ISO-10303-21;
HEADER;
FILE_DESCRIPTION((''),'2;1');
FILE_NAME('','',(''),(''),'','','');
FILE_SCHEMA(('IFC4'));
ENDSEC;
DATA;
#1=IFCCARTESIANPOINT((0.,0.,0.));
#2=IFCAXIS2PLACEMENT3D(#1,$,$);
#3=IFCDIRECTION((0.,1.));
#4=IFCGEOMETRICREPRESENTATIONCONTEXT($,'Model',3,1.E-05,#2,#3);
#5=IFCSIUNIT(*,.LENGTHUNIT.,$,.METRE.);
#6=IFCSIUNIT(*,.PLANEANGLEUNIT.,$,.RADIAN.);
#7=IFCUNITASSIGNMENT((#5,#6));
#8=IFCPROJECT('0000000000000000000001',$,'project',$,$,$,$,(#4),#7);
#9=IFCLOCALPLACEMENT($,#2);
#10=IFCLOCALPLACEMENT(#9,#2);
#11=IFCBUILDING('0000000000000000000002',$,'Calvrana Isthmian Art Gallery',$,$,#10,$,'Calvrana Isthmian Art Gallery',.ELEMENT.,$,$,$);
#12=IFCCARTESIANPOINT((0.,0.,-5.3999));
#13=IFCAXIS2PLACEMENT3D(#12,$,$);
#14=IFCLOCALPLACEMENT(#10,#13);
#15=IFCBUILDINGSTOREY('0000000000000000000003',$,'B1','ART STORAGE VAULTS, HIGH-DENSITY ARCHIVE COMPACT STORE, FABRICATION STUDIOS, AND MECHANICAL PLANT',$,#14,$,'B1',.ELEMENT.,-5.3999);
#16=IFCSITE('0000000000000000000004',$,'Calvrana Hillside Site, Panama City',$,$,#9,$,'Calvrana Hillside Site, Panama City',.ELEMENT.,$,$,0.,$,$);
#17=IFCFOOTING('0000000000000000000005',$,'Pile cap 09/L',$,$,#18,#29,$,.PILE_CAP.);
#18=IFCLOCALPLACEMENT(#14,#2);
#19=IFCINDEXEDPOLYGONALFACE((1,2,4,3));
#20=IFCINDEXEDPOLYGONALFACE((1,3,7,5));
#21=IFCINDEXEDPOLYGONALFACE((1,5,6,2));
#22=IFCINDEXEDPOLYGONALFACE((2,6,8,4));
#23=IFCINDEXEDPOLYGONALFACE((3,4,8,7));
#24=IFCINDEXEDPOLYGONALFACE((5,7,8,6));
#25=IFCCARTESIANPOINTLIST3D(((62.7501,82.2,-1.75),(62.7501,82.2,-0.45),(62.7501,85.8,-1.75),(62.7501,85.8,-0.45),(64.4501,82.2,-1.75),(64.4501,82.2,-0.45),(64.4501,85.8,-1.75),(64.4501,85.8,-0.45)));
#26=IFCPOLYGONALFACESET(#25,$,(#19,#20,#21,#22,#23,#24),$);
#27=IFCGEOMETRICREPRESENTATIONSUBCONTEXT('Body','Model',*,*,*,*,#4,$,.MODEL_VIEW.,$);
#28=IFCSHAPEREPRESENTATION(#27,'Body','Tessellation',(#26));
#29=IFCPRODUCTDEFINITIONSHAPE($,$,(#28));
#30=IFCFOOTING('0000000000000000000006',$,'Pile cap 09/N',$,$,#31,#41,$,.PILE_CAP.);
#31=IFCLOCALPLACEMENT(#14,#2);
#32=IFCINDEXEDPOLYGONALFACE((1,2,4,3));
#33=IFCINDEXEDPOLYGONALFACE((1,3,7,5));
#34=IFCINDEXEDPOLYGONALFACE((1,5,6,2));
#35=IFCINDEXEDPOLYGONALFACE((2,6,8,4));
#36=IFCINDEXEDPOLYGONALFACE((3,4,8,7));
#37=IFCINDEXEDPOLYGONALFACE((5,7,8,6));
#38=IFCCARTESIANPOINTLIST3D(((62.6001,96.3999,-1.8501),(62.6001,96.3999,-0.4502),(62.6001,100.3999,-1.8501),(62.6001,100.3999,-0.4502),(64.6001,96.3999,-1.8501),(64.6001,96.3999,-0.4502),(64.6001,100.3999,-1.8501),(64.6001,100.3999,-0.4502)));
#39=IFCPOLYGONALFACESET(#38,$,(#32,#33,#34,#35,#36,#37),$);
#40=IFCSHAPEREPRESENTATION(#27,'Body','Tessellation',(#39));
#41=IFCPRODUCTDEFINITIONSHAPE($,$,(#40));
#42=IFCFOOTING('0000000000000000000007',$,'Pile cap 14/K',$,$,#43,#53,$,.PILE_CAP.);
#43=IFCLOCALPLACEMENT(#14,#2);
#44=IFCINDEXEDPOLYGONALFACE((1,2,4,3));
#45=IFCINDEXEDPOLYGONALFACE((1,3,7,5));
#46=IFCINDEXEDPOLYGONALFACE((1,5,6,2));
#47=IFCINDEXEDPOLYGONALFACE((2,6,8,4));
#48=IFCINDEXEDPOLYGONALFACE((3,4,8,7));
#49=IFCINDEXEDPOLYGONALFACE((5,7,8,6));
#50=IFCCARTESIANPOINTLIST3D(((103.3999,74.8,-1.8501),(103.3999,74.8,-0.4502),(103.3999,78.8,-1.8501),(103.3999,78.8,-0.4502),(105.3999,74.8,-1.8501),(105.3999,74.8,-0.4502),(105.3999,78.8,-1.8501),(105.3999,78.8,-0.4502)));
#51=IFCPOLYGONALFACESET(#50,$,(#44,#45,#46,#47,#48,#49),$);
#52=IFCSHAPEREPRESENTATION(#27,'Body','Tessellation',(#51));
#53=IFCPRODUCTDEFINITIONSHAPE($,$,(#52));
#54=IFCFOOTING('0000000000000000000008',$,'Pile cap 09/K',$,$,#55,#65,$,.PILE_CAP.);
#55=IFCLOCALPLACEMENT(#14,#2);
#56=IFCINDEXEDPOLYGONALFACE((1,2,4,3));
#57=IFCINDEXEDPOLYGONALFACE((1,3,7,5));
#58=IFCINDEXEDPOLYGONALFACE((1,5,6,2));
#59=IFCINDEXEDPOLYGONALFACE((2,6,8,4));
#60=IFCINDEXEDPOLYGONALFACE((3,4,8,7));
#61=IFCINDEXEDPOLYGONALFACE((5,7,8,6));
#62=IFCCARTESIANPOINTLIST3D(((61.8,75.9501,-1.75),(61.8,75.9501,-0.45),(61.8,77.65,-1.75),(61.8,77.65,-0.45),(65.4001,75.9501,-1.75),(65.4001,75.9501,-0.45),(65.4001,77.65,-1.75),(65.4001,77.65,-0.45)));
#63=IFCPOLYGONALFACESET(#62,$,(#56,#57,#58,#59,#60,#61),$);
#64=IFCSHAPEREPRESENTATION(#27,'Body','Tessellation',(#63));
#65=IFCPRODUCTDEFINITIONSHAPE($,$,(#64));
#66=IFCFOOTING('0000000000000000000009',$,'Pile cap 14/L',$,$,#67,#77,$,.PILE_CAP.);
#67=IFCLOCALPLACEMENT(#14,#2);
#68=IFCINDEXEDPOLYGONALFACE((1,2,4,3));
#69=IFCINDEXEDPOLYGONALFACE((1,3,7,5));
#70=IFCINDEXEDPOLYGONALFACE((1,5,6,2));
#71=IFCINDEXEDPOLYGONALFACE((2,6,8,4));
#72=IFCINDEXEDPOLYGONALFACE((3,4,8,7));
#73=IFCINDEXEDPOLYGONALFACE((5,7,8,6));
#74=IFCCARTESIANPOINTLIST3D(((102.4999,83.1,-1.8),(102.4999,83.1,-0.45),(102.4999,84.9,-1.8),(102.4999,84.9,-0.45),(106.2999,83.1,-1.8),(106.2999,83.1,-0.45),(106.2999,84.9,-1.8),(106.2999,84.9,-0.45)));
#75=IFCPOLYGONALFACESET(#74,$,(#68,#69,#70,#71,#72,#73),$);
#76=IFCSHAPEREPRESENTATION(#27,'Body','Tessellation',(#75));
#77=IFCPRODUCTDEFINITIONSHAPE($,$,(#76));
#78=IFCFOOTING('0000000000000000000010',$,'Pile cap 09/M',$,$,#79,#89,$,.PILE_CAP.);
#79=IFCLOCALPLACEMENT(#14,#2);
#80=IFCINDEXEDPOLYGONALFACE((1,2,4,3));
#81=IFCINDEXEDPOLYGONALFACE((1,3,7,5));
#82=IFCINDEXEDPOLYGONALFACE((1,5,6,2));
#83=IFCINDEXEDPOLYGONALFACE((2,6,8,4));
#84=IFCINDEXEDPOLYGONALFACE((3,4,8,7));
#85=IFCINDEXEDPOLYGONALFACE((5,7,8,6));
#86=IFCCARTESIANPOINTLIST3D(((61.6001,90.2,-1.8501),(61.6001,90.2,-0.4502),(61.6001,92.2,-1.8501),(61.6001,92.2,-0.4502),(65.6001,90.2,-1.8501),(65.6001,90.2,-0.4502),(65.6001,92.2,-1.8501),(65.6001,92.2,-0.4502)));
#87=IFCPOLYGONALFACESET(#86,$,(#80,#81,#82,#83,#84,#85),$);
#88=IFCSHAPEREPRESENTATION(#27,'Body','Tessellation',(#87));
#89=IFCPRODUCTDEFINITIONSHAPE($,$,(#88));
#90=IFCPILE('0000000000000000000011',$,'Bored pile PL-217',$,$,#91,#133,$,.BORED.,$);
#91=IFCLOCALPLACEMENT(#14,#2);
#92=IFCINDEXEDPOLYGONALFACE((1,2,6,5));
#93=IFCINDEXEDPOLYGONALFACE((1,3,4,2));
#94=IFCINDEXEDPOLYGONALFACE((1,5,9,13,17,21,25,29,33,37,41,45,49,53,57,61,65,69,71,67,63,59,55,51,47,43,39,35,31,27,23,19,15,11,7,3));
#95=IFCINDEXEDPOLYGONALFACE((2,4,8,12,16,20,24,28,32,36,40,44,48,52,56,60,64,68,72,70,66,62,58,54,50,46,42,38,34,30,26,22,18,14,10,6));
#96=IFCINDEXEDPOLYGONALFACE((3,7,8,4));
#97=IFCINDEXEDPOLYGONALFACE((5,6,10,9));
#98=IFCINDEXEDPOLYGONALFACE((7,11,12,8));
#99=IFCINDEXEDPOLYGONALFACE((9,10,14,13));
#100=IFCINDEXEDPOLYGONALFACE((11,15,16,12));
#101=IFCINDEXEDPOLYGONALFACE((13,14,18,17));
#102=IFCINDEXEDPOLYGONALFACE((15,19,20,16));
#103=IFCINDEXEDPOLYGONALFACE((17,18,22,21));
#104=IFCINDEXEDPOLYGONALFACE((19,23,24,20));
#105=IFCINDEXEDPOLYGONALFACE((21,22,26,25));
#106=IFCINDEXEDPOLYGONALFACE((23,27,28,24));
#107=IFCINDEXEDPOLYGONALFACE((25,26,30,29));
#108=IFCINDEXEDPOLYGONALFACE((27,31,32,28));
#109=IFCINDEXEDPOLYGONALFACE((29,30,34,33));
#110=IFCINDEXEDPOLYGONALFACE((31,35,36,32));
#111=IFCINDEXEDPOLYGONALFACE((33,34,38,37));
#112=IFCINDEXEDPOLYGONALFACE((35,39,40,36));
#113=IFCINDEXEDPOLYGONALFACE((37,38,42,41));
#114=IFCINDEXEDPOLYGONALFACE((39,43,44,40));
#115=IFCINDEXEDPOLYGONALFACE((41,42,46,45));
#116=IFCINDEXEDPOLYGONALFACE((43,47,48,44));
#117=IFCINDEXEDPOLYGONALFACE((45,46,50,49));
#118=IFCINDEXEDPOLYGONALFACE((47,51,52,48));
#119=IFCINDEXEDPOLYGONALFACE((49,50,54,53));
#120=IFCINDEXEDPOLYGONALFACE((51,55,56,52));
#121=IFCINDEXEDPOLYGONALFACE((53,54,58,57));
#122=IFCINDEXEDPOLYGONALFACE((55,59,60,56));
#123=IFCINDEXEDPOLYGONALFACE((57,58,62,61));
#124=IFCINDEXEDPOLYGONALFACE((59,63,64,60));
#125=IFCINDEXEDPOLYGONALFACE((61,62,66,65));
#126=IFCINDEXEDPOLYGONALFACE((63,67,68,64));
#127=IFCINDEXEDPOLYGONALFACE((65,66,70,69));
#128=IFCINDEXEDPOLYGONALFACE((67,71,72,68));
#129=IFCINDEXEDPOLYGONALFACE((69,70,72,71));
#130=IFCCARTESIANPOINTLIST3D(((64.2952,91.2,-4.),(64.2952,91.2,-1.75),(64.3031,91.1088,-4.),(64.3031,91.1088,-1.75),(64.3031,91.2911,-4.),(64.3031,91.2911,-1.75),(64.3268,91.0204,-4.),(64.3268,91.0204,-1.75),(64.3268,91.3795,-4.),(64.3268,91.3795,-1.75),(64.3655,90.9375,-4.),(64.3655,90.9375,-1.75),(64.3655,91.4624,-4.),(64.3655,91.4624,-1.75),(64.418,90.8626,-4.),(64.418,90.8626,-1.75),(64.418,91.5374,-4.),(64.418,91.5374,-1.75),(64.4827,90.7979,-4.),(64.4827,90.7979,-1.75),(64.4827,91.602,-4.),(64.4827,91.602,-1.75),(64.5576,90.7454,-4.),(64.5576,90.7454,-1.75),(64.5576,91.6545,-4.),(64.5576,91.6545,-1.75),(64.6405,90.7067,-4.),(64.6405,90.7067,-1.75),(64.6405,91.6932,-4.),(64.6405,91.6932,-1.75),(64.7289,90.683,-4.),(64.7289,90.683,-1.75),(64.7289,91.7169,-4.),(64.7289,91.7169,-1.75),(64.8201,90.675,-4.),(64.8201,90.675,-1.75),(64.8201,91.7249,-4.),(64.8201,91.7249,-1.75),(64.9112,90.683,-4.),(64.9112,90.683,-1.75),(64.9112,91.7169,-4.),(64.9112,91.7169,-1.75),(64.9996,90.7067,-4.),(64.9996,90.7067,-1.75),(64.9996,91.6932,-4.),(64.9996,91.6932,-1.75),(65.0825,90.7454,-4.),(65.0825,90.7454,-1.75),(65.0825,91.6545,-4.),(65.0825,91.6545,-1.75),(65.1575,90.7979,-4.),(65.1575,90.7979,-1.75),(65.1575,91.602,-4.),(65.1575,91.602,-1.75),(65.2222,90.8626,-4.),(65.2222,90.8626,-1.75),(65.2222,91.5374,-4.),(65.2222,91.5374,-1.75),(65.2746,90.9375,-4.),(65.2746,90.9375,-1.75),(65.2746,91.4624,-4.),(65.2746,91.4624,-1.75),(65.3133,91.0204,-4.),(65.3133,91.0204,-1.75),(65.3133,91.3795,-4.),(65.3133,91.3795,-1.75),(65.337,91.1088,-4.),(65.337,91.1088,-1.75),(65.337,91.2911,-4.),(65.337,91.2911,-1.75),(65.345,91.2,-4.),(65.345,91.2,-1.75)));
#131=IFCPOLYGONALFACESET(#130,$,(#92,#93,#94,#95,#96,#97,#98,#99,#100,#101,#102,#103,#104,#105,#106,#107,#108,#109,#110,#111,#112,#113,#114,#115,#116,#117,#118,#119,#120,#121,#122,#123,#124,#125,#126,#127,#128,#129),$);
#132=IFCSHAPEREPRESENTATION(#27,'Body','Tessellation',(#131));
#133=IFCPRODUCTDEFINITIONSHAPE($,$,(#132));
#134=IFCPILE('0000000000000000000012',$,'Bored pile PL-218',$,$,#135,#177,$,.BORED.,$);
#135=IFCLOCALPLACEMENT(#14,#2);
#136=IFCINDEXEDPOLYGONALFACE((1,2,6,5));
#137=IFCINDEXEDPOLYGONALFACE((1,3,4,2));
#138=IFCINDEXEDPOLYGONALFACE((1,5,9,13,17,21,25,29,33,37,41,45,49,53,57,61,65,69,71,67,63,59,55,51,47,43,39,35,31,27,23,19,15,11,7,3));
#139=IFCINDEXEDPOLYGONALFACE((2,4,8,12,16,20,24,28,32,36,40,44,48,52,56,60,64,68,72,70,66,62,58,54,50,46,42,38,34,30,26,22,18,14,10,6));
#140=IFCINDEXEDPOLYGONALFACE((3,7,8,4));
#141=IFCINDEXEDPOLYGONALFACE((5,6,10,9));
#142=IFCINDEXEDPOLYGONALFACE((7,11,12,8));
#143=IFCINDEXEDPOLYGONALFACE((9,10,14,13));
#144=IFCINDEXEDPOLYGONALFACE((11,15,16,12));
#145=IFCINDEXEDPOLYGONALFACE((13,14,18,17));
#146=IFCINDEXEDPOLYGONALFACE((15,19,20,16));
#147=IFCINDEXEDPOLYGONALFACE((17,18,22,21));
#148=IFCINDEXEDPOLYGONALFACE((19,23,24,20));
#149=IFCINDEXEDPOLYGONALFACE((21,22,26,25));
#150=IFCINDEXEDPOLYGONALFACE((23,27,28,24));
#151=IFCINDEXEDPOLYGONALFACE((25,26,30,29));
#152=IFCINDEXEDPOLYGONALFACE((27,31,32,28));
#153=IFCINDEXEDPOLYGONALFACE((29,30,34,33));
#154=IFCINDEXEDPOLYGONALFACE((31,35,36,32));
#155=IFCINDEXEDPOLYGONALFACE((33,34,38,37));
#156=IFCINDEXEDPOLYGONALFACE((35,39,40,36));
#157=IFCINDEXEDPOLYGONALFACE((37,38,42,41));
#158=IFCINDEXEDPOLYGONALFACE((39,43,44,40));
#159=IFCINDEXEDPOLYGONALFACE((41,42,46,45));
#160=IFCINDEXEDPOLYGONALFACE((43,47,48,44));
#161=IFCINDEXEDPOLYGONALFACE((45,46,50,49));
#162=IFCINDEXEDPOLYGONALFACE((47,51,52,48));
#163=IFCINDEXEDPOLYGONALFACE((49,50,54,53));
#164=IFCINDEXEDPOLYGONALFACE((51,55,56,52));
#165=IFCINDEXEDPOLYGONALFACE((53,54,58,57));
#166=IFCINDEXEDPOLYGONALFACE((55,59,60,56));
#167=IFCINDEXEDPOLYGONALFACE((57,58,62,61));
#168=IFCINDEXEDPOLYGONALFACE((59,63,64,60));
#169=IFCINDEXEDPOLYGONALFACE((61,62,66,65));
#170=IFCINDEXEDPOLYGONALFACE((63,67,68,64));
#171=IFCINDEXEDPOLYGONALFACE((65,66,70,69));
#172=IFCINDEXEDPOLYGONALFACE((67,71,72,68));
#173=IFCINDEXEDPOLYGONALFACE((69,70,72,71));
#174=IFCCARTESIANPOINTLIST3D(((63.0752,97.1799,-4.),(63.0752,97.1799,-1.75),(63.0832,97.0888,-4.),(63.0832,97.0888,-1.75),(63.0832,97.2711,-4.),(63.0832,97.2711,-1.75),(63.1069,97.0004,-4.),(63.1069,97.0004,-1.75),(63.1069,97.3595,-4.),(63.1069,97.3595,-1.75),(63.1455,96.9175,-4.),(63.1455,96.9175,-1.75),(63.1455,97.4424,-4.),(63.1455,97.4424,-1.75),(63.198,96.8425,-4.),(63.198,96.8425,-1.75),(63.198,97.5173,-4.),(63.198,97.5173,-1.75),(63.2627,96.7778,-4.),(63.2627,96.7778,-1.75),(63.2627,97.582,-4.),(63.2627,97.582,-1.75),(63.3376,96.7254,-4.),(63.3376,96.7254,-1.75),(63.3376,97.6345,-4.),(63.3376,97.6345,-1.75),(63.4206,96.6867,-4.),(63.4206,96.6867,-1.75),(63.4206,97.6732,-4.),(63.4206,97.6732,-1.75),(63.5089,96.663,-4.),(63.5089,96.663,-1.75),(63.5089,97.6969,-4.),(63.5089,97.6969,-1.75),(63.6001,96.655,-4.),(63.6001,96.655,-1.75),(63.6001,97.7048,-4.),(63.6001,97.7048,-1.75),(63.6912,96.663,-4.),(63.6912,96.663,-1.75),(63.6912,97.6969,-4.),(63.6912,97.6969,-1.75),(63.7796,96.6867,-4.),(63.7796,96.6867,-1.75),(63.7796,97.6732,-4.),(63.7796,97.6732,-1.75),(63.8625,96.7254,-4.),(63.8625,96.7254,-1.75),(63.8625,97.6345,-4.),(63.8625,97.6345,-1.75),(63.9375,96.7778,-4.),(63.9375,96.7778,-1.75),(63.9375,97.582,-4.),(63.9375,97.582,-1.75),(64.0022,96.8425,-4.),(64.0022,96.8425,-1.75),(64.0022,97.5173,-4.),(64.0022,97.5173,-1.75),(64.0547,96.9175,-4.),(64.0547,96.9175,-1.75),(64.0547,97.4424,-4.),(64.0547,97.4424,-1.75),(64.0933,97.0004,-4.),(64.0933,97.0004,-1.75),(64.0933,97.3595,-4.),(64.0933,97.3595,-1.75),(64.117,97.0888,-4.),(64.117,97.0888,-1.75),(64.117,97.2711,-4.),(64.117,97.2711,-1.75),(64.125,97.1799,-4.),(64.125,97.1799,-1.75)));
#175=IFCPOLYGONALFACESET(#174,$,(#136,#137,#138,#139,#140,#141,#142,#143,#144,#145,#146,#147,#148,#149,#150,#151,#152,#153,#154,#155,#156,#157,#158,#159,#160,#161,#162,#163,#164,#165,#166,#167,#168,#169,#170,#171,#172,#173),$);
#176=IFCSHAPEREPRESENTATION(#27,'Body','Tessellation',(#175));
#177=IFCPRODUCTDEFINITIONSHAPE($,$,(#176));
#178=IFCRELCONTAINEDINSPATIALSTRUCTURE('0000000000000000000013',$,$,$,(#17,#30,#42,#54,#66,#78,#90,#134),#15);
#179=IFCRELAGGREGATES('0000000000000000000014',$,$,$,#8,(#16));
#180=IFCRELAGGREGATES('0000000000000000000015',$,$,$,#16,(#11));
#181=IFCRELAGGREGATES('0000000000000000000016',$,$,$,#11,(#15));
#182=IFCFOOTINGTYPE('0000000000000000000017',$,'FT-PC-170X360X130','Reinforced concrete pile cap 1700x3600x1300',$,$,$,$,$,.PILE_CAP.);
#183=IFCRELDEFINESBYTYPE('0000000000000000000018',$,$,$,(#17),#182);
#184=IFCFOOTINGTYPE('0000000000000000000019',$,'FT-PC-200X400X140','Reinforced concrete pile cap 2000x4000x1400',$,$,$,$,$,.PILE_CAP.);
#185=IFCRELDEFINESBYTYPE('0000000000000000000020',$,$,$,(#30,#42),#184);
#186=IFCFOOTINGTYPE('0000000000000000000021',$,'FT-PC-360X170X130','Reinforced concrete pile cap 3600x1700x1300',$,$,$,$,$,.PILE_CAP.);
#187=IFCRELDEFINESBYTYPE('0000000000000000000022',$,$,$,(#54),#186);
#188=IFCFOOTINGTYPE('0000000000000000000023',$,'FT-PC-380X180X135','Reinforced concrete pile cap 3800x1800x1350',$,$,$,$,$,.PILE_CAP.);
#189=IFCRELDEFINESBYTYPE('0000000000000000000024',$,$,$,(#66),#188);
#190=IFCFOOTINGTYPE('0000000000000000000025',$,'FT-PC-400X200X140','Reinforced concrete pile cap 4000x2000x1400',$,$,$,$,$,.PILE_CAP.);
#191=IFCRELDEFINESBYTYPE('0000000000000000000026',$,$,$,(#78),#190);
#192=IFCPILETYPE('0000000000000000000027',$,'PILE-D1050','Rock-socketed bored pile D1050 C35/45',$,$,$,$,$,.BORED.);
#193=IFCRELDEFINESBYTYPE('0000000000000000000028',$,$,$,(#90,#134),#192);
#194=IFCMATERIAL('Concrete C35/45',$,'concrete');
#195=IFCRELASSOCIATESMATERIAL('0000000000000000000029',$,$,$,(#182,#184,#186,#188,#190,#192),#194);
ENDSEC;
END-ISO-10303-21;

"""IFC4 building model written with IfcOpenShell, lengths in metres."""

from ifc_helpers import new_model, si_unit, direction, frame, origin, origin_2d, place, context, subcontext, project, spatial, rectangle, circle, extrude, material, material_profile, profile_set, type_object, element, save


model = new_model("IFC4")

# Units and contexts
model_context = context("Model", 3, precision=1e-05, world=origin(), true_north=direction((0.0, 1.0)))
body_context = subcontext(model_context, "Body", "Model", "MODEL_VIEW")
ifc_project = project(units=[si_unit("LENGTHUNIT", "METRE"), si_unit("PLANEANGLEUNIT", "RADIAN")], contexts=[model_context])

# Site, building, storey
site_placement = place(None, origin())
site = spatial("IfcSite", under=ifc_project, at=site_placement, Name="Calvrana Hillside Site, Panama City", LongName="Calvrana Hillside Site, Panama City", CompositionType="ELEMENT", RefElevation=0.0)
building_placement = place(site_placement, origin())
building = spatial("IfcBuilding", under=site, at=building_placement, Name="Calvrana Isthmian Art Gallery", LongName="Calvrana Isthmian Art Gallery", CompositionType="ELEMENT")
storey_placement = place(building_placement, frame((0.0, 0.0, -5.3999)))
storey = spatial("IfcBuildingStorey", under=building, at=storey_placement, Name="B1", Description="ART STORAGE VAULTS, HIGH-DENSITY ARCHIVE COMPACT STORE, FABRICATION STUDIOS, AND MECHANICAL PLANT", LongName="B1", CompositionType="ELEMENT", Elevation=-5.3999)

# Footings
ifc_material_1 = material(Name="Concrete C35/45", Category="concrete")
footing_type_1 = type_object("IfcFootingType", Name="FT-PC-170X360X130", Description="Reinforced concrete pile cap 1700x3600x1300", PredefinedType="PILE_CAP", material=ifc_material_1)
footing_1_placement = place(storey_placement, frame((63.6001, 84.0, -1.75), z_axis=(0.0, 0.0, 1.0), x_axis=(1.0, 0.0, 0.0)))
element("IfcFooting", 1, at=footing_1_placement, inside=storey, type_object=footing_type_1, Name="Pile cap 09/L", PredefinedType="PILE_CAP", context=body_context, shape_type="SweptSolid", body=[
    extrude(rectangle(XDim=1.7, YDim=3.6001, at=origin_2d()), origin(), (0.0, 0.0, 1.0), 1.3),
])
footing_type_2 = type_object("IfcFootingType", Name="FT-PC-200X400X140", Description="Reinforced concrete pile cap 2000x4000x1400", PredefinedType="PILE_CAP", material=ifc_material_1)
for number, where, z_axis, x_axis, name in (
    (2, (63.6001, 98.3999, -1.8501), (0.0, 0.0, 1.0), (1.0, 0.0, 0.0), "Pile cap 09/N"),
    (3, (104.3999, 76.8, -1.8501), (0.0, 0.0, 1.0), (1.0, 0.0, 0.0), "Pile cap 14/K"),
):
    element("IfcFooting", number, at=place(storey_placement, frame(where, z_axis=z_axis, x_axis=x_axis)), inside=storey, type_object=footing_type_2, Name=name, PredefinedType="PILE_CAP", context=body_context, shape_type="SweptSolid", body=[
        extrude(rectangle(XDim=2.0, YDim=4.0, at=origin_2d()), origin(), (0.0, 0.0, 1.0), 1.3999),
    ])
footing_type_3 = type_object("IfcFootingType", Name="FT-PC-360X170X130", Description="Reinforced concrete pile cap 3600x1700x1300", PredefinedType="PILE_CAP", material=ifc_material_1)
footing_2_placement = place(storey_placement, frame((63.6001, 76.8, -1.75), z_axis=(0.0, 0.0, 1.0), x_axis=(1.0, 0.0, 0.0)))
element("IfcFooting", 4, at=footing_2_placement, inside=storey, type_object=footing_type_3, Name="Pile cap 09/K", PredefinedType="PILE_CAP", context=body_context, shape_type="SweptSolid", body=[
    extrude(rectangle(XDim=3.6001, YDim=1.7, at=origin_2d()), origin(), (0.0, 0.0, 1.0), 1.3),
])
footing_type_4 = type_object("IfcFootingType", Name="FT-PC-380X180X135", Description="Reinforced concrete pile cap 3800x1800x1350", PredefinedType="PILE_CAP", material=ifc_material_1)
footing_3_placement = place(storey_placement, frame((104.3999, 84.0, -1.8), z_axis=(0.0, 0.0, 1.0), x_axis=(1.0, 0.0, 0.0)))
element("IfcFooting", 5, at=footing_3_placement, inside=storey, type_object=footing_type_4, Name="Pile cap 14/L", PredefinedType="PILE_CAP", context=body_context, shape_type="SweptSolid", body=[
    extrude(rectangle(XDim=3.8, YDim=1.8, at=origin_2d()), origin(), (0.0, 0.0, 1.0), 1.3501),
])
footing_type_5 = type_object("IfcFootingType", Name="FT-PC-400X200X140", Description="Reinforced concrete pile cap 4000x2000x1400", PredefinedType="PILE_CAP", material=ifc_material_1)
footing_4_placement = place(storey_placement, frame((63.6001, 91.2, -1.8501), z_axis=(0.0, 0.0, 1.0), x_axis=(1.0, 0.0, 0.0)))
element("IfcFooting", 6, at=footing_4_placement, inside=storey, type_object=footing_type_5, Name="Pile cap 09/M", PredefinedType="PILE_CAP", context=body_context, shape_type="SweptSolid", body=[
    extrude(rectangle(XDim=4.0, YDim=2.0, at=origin_2d()), origin(), (0.0, 0.0, 1.0), 1.3999),
])

# Piles
ifc_material_profile_1 = material_profile(ifc_material_1, circle(Radius=0.5249, at=origin_2d()), Name="PILE1050D")
ifc_profile_set_1 = profile_set([ifc_material_profile_1], Name="Concrete C35/45")
pile_type_1 = type_object("IfcPileType", Name="PILE-D1050", Description="Rock-socketed bored pile D1050 C35/45", PredefinedType="BORED", material=ifc_profile_set_1)
for number, where, z_axis, x_axis, name in (
    (7, (64.8201, 91.2, -1.75), (0.0, 0.0, -1.0), (1.0, 0.0, 0.0), "Bored pile PL-217"),
    (8, (63.6001, 97.1799, -1.75), (0.0, 0.0, -1.0), (1.0, 0.0, 0.0), "Bored pile PL-218"),
):
    element("IfcPile", number, at=place(storey_placement, frame(where, z_axis=z_axis, x_axis=x_axis)), inside=storey, type_object=pile_type_1, Name=name, PredefinedType="BORED", context=body_context, shape_type="SweptSolid", body=[
        extrude(circle(Radius=0.5249, at=origin_2d()), origin(), (0.0, 0.0, 1.0), 2.25),
    ])

save(model, "model.ifc")
